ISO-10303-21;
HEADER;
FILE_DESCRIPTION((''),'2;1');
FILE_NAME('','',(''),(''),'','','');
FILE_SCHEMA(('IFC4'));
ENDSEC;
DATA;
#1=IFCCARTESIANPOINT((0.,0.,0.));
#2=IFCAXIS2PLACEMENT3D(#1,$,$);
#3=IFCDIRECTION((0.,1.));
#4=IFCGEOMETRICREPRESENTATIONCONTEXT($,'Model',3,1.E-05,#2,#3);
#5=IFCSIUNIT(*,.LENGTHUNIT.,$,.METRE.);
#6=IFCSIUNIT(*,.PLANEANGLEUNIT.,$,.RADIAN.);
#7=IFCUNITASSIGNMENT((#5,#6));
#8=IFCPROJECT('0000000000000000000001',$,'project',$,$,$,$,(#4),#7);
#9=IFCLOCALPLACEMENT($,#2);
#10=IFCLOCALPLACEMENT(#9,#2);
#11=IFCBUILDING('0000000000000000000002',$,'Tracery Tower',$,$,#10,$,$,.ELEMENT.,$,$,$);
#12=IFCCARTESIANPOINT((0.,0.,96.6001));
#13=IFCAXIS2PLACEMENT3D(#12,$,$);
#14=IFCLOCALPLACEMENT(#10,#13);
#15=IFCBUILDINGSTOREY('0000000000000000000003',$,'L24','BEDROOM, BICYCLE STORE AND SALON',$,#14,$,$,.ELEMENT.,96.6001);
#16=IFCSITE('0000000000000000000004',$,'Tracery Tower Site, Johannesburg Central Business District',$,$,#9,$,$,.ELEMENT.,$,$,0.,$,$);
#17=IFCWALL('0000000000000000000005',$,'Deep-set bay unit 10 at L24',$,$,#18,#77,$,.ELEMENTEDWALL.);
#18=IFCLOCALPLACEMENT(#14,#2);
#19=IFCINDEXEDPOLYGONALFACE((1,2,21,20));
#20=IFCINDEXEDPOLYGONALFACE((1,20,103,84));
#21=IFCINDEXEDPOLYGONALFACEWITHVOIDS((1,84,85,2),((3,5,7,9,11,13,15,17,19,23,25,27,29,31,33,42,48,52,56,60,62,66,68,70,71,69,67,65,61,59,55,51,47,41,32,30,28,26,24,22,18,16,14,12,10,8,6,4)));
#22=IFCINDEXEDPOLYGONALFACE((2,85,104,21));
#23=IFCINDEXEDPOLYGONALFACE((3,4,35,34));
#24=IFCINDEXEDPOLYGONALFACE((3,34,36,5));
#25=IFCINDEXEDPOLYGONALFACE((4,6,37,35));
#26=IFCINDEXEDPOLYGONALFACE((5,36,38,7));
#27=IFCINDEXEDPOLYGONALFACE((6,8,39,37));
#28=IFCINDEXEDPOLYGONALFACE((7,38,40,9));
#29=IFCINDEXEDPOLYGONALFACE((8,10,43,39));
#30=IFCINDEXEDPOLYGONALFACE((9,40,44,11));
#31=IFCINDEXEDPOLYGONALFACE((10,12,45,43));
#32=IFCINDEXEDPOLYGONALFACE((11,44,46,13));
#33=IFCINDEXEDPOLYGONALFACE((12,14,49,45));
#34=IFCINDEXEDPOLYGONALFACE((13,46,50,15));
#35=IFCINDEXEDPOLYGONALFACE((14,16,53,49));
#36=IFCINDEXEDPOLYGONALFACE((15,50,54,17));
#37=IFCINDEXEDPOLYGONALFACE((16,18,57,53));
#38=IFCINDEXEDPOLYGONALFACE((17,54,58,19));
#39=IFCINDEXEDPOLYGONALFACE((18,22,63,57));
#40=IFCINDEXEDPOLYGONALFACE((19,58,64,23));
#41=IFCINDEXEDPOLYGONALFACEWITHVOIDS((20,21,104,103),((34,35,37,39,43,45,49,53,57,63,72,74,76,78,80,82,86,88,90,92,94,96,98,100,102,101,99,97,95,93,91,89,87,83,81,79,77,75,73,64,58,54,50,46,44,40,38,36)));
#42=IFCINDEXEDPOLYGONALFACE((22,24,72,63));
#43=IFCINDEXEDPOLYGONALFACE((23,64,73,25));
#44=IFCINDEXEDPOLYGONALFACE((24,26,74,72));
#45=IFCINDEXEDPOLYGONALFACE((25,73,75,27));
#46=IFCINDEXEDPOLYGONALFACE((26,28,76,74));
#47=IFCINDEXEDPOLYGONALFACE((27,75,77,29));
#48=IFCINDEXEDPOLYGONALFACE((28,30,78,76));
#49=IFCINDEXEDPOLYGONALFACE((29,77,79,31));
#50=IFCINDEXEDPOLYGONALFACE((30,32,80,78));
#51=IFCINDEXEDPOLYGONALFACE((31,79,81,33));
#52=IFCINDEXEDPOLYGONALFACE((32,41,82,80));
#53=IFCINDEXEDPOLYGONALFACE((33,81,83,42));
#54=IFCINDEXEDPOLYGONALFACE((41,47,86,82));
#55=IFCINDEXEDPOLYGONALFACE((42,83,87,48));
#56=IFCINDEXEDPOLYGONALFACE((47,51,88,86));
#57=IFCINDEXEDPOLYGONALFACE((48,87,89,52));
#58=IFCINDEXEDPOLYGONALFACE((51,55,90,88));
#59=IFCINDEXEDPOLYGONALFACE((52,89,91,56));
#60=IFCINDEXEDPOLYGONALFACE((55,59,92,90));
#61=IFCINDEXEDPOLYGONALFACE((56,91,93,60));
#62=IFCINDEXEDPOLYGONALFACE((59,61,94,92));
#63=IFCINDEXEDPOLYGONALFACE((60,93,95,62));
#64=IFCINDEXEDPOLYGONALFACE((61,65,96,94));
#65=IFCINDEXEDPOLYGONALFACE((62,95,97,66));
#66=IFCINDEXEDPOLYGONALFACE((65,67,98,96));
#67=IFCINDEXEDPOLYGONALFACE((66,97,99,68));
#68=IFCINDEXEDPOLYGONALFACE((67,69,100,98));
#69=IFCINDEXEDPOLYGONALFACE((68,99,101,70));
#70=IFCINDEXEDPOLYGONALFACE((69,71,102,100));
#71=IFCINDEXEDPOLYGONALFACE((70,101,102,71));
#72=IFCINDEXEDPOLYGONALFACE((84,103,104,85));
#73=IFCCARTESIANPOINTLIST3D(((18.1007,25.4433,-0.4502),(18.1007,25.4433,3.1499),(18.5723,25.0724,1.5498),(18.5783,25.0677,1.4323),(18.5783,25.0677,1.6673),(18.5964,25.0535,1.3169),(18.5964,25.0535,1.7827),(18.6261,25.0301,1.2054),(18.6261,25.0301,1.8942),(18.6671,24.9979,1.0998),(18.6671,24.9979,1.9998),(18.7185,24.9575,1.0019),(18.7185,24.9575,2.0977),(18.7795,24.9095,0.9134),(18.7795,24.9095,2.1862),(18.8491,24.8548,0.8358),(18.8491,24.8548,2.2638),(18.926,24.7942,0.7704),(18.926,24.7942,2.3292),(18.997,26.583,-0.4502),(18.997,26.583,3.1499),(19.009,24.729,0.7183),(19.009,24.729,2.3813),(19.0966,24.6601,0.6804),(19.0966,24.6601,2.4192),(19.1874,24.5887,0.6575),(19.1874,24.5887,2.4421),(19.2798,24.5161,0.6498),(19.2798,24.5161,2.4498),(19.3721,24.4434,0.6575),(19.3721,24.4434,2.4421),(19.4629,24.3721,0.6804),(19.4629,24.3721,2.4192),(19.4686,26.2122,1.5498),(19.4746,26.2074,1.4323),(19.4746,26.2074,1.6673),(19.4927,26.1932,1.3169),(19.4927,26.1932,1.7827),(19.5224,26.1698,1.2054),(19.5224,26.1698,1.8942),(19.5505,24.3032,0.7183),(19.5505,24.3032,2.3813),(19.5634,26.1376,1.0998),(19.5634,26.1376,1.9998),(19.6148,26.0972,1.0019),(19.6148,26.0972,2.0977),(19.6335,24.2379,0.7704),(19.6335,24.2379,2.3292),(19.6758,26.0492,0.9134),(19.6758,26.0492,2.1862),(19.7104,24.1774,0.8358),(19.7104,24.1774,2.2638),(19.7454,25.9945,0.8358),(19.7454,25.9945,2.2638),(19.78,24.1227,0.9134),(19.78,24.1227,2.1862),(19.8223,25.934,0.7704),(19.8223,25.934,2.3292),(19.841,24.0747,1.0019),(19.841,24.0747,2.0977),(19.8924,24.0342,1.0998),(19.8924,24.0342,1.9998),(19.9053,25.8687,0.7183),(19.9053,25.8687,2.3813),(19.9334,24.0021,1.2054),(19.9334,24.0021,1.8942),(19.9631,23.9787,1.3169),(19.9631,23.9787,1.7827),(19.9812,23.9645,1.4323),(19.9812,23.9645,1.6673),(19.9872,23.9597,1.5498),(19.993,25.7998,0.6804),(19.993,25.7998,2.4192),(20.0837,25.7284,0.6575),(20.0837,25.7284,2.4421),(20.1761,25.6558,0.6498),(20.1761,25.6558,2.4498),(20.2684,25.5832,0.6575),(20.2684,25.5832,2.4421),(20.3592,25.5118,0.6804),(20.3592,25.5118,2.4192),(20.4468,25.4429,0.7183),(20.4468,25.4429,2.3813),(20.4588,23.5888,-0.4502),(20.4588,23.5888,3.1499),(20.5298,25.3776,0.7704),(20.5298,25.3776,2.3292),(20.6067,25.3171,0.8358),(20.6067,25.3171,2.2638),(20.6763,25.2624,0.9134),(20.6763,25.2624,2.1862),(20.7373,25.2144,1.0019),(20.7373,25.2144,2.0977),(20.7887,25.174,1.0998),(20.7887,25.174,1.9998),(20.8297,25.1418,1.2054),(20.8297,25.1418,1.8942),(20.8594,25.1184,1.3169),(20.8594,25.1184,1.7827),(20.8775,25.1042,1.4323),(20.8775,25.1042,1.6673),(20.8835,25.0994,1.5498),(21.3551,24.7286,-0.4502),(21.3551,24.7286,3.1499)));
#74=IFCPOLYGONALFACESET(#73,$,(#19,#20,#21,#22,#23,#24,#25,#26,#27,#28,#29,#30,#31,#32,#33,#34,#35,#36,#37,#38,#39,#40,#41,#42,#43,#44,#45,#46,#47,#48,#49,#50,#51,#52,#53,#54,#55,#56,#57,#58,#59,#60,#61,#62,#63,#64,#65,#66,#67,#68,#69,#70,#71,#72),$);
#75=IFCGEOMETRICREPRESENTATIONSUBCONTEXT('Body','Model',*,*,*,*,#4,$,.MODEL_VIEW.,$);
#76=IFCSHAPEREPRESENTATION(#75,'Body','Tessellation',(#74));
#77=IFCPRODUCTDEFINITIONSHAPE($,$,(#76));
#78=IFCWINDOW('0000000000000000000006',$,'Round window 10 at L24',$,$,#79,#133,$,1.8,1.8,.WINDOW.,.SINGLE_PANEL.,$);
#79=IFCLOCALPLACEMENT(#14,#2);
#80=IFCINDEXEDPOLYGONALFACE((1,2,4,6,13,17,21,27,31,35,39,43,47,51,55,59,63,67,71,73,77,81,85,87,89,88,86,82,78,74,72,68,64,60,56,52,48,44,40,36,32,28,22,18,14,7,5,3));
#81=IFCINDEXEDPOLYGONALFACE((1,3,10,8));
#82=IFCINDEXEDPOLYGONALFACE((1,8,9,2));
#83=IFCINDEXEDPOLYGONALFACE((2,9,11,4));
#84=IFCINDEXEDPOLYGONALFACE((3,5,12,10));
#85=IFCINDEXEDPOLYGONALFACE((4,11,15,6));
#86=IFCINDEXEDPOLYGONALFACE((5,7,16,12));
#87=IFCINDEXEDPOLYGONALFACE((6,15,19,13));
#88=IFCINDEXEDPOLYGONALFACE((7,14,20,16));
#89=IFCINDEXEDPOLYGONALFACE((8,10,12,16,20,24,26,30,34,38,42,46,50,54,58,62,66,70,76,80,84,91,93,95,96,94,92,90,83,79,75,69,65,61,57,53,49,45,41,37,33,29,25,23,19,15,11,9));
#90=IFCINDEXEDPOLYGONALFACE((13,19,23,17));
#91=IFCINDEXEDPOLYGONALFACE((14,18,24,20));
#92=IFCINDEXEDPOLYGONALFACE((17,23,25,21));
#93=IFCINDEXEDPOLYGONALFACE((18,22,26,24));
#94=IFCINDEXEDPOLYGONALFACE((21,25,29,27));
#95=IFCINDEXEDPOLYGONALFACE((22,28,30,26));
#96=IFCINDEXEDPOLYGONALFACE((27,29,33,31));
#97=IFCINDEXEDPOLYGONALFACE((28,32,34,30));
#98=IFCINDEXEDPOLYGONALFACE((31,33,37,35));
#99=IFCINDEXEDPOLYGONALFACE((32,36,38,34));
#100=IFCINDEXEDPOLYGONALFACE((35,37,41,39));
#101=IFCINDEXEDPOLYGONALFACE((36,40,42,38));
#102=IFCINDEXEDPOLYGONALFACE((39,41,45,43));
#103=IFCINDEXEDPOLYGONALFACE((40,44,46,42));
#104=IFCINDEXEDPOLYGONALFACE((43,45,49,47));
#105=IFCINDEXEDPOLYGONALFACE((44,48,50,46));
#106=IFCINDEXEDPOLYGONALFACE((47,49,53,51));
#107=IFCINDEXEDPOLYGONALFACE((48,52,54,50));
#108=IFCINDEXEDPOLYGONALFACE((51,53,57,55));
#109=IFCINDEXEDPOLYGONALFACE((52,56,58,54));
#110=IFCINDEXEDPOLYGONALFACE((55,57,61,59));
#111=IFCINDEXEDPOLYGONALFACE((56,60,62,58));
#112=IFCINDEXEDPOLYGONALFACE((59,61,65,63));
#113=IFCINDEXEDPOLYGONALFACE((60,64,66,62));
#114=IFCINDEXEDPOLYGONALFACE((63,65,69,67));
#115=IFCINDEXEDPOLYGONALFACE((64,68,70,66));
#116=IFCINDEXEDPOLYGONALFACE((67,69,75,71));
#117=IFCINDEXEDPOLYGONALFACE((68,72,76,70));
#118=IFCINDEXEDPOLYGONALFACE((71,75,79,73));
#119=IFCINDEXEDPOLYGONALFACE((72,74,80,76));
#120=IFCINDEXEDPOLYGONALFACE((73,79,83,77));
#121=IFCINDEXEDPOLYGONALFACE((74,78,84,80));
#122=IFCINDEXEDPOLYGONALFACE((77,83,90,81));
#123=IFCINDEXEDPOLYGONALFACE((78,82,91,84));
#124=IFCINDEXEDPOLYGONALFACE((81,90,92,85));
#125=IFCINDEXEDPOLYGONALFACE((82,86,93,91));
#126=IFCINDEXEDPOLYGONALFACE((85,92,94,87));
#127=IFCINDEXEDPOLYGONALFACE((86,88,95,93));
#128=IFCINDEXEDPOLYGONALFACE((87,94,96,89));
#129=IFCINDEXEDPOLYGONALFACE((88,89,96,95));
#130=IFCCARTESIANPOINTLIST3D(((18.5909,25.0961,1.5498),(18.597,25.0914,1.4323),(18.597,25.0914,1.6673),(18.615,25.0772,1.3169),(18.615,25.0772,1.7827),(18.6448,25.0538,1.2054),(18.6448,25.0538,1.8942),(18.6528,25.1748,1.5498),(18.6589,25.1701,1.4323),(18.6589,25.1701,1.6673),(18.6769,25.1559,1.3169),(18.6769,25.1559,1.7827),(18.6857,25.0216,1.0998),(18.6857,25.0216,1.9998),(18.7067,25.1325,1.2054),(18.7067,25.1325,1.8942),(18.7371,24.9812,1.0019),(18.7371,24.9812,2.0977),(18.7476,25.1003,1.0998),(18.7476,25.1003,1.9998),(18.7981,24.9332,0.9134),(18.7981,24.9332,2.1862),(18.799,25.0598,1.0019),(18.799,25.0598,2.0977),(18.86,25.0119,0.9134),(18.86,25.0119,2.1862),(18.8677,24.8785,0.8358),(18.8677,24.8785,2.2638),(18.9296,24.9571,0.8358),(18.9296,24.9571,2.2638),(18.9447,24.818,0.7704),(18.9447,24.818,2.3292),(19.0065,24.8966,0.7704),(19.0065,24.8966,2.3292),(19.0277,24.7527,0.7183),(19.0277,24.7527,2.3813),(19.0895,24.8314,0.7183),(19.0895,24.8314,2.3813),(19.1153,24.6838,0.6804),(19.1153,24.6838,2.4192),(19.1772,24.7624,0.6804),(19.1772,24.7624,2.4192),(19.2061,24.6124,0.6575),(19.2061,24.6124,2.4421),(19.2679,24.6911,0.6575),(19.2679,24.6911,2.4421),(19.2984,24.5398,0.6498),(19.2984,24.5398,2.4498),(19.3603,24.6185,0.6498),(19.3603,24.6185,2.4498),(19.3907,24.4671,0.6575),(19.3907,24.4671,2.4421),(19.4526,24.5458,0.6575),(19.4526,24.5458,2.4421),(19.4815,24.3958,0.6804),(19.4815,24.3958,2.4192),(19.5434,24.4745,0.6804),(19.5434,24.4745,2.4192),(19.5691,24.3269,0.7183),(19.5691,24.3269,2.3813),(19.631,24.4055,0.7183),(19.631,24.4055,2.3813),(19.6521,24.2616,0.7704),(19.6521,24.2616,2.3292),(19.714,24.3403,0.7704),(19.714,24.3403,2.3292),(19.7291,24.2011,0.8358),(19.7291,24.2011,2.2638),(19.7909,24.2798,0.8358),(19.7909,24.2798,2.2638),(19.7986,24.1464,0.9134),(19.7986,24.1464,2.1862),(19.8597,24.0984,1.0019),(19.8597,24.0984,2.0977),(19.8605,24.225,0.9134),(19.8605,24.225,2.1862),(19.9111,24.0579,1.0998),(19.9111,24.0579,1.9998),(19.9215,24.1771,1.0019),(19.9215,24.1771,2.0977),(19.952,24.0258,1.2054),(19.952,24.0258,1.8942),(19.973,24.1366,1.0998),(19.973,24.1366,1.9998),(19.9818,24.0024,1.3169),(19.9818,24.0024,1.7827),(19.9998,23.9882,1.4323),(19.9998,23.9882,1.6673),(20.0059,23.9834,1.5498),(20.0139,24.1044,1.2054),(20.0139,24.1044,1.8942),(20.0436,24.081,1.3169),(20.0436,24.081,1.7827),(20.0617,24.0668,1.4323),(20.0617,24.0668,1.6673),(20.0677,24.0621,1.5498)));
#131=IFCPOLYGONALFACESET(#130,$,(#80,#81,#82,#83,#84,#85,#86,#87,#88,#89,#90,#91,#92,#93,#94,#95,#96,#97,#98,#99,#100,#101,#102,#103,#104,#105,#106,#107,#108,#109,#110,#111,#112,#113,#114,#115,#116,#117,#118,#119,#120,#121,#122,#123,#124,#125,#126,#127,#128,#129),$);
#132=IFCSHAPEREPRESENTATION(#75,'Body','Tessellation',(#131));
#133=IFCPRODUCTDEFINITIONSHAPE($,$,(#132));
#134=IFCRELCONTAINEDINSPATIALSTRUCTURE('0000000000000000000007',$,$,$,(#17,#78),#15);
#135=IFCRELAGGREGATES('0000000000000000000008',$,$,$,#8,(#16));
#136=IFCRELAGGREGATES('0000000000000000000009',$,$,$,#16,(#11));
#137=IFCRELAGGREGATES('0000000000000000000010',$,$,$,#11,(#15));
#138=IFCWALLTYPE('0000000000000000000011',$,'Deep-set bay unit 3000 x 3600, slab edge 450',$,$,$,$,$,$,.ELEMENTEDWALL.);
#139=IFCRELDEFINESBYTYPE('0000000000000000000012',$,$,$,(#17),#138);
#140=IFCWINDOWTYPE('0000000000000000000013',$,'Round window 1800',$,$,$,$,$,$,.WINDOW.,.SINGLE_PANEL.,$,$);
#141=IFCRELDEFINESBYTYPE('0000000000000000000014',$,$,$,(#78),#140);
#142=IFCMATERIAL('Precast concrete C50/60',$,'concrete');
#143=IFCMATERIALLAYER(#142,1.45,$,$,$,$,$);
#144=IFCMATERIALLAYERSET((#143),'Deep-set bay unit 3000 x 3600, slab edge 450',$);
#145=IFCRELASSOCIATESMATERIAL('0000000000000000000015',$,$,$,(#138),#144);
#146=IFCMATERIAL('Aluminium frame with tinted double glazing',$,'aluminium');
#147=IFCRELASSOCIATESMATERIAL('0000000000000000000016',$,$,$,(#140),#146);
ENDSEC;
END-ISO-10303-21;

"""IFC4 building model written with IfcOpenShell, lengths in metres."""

from ifc_helpers import new_model, si_unit, direction, frame, frame_2d, origin, origin_2d, place, context, subcontext, project, spatial, rectangle, circle, extrude, material, layer, layer_set, type_object, element, fill, save


model = new_model("IFC4")

# Units and contexts
model_context = context("Model", 3, precision=1e-05, world=origin(), true_north=direction((0.0, 1.0)))
body_context = subcontext(model_context, "Body", "Model", "MODEL_VIEW")
ifc_project = project(units=[si_unit("LENGTHUNIT", "METRE"), si_unit("PLANEANGLEUNIT", "RADIAN")], contexts=[model_context])

# Site, building, storey
site_placement = place(None, origin())
site = spatial("IfcSite", under=ifc_project, at=site_placement, Name="Tracery Tower Site, Johannesburg Central Business District", CompositionType="ELEMENT", RefElevation=0.0)
building_placement = place(site_placement, origin())
building = spatial("IfcBuilding", under=site, at=building_placement, Name="Tracery Tower", CompositionType="ELEMENT")
storey_placement = place(building_placement, frame((0.0, 0.0, 96.6001)))
storey = spatial("IfcBuildingStorey", under=building, at=storey_placement, Name="L24", Description="BEDROOM, BICYCLE STORE AND SALON", CompositionType="ELEMENT", Elevation=96.6001)

# Wall, opening, window
ifc_material_1 = material(Name="Precast concrete C50/60", Category="concrete")
ifc_layer_1 = layer(ifc_material_1, 1.45)
ifc_layer_set_1 = layer_set([ifc_layer_1], Name="Deep-set bay unit 3000 x 3600, slab edge 450")
wall_type_1 = type_object("IfcWallType", Name="Deep-set bay unit 3000 x 3600, slab edge 450", PredefinedType="ELEMENTEDWALL", material=ifc_layer_set_1)
ifc_material_2 = material(Name="Aluminium frame with tinted double glazing", Category="aluminium")
window_type = type_object("IfcWindowType", Name="Round window 1800", PartitioningType="SINGLE_PANEL", PredefinedType="WINDOW", material=ifc_material_2)
wall_1_placement = place(storey_placement, frame((20.907, 24.1587, -0.4502), z_axis=(0.0, 0.0, 1.0), x_axis=(-0.78605, 0.618163, 0.0)))
wall_1 = element("IfcWall", 1, at=wall_1_placement, inside=storey, type_object=wall_type_1, Name="Deep-set bay unit 10 at L24", PredefinedType="ELEMENTEDWALL", context=body_context, shape_type="SweptSolid", body=[
    extrude(rectangle(XDim=3.0, YDim=1.45, at=frame_2d((1.5, 0.0))), origin(), (0.0, 0.0, 1.0), 3.6001),
])
opening_1_placement = place(wall_1_placement, frame((1.5, 0.0, 2.0)))
opening_1 = element("IfcOpeningElement", 2, at=opening_1_placement, cuts=wall_1, PredefinedType="OPENING", context=body_context, shape_type="SweptSolid", body=[
    extrude(circle(Radius=0.9, at=origin_2d()), frame((0.0, 0.7349, 0.0), z_axis=(0.0, -1.0, 0.0), x_axis=(1.0, 0.0, 0.0)), (0.0, 0.0, 1.0), 1.47),
])
window_1_placement = place(opening_1_placement, origin())
window_1 = element("IfcWindow", 3, at=window_1_placement, inside=storey, type_object=window_type, Name="Round window 10 at L24", OverallHeight=1.8, OverallWidth=1.8, PartitioningType="SINGLE_PANEL", PredefinedType="WINDOW", context=body_context, shape_type="SweptSolid", body=[
    extrude(circle(Radius=0.9, at=origin_2d()), frame((0.0, 0.6948, 0.0), z_axis=(0.0, -1.0, 0.0), x_axis=(1.0, 0.0, 0.0)), (0.0, 0.0, 1.0), 0.1001),
])
fill(opening_1, window_1)

save(model, "model.ifc")
